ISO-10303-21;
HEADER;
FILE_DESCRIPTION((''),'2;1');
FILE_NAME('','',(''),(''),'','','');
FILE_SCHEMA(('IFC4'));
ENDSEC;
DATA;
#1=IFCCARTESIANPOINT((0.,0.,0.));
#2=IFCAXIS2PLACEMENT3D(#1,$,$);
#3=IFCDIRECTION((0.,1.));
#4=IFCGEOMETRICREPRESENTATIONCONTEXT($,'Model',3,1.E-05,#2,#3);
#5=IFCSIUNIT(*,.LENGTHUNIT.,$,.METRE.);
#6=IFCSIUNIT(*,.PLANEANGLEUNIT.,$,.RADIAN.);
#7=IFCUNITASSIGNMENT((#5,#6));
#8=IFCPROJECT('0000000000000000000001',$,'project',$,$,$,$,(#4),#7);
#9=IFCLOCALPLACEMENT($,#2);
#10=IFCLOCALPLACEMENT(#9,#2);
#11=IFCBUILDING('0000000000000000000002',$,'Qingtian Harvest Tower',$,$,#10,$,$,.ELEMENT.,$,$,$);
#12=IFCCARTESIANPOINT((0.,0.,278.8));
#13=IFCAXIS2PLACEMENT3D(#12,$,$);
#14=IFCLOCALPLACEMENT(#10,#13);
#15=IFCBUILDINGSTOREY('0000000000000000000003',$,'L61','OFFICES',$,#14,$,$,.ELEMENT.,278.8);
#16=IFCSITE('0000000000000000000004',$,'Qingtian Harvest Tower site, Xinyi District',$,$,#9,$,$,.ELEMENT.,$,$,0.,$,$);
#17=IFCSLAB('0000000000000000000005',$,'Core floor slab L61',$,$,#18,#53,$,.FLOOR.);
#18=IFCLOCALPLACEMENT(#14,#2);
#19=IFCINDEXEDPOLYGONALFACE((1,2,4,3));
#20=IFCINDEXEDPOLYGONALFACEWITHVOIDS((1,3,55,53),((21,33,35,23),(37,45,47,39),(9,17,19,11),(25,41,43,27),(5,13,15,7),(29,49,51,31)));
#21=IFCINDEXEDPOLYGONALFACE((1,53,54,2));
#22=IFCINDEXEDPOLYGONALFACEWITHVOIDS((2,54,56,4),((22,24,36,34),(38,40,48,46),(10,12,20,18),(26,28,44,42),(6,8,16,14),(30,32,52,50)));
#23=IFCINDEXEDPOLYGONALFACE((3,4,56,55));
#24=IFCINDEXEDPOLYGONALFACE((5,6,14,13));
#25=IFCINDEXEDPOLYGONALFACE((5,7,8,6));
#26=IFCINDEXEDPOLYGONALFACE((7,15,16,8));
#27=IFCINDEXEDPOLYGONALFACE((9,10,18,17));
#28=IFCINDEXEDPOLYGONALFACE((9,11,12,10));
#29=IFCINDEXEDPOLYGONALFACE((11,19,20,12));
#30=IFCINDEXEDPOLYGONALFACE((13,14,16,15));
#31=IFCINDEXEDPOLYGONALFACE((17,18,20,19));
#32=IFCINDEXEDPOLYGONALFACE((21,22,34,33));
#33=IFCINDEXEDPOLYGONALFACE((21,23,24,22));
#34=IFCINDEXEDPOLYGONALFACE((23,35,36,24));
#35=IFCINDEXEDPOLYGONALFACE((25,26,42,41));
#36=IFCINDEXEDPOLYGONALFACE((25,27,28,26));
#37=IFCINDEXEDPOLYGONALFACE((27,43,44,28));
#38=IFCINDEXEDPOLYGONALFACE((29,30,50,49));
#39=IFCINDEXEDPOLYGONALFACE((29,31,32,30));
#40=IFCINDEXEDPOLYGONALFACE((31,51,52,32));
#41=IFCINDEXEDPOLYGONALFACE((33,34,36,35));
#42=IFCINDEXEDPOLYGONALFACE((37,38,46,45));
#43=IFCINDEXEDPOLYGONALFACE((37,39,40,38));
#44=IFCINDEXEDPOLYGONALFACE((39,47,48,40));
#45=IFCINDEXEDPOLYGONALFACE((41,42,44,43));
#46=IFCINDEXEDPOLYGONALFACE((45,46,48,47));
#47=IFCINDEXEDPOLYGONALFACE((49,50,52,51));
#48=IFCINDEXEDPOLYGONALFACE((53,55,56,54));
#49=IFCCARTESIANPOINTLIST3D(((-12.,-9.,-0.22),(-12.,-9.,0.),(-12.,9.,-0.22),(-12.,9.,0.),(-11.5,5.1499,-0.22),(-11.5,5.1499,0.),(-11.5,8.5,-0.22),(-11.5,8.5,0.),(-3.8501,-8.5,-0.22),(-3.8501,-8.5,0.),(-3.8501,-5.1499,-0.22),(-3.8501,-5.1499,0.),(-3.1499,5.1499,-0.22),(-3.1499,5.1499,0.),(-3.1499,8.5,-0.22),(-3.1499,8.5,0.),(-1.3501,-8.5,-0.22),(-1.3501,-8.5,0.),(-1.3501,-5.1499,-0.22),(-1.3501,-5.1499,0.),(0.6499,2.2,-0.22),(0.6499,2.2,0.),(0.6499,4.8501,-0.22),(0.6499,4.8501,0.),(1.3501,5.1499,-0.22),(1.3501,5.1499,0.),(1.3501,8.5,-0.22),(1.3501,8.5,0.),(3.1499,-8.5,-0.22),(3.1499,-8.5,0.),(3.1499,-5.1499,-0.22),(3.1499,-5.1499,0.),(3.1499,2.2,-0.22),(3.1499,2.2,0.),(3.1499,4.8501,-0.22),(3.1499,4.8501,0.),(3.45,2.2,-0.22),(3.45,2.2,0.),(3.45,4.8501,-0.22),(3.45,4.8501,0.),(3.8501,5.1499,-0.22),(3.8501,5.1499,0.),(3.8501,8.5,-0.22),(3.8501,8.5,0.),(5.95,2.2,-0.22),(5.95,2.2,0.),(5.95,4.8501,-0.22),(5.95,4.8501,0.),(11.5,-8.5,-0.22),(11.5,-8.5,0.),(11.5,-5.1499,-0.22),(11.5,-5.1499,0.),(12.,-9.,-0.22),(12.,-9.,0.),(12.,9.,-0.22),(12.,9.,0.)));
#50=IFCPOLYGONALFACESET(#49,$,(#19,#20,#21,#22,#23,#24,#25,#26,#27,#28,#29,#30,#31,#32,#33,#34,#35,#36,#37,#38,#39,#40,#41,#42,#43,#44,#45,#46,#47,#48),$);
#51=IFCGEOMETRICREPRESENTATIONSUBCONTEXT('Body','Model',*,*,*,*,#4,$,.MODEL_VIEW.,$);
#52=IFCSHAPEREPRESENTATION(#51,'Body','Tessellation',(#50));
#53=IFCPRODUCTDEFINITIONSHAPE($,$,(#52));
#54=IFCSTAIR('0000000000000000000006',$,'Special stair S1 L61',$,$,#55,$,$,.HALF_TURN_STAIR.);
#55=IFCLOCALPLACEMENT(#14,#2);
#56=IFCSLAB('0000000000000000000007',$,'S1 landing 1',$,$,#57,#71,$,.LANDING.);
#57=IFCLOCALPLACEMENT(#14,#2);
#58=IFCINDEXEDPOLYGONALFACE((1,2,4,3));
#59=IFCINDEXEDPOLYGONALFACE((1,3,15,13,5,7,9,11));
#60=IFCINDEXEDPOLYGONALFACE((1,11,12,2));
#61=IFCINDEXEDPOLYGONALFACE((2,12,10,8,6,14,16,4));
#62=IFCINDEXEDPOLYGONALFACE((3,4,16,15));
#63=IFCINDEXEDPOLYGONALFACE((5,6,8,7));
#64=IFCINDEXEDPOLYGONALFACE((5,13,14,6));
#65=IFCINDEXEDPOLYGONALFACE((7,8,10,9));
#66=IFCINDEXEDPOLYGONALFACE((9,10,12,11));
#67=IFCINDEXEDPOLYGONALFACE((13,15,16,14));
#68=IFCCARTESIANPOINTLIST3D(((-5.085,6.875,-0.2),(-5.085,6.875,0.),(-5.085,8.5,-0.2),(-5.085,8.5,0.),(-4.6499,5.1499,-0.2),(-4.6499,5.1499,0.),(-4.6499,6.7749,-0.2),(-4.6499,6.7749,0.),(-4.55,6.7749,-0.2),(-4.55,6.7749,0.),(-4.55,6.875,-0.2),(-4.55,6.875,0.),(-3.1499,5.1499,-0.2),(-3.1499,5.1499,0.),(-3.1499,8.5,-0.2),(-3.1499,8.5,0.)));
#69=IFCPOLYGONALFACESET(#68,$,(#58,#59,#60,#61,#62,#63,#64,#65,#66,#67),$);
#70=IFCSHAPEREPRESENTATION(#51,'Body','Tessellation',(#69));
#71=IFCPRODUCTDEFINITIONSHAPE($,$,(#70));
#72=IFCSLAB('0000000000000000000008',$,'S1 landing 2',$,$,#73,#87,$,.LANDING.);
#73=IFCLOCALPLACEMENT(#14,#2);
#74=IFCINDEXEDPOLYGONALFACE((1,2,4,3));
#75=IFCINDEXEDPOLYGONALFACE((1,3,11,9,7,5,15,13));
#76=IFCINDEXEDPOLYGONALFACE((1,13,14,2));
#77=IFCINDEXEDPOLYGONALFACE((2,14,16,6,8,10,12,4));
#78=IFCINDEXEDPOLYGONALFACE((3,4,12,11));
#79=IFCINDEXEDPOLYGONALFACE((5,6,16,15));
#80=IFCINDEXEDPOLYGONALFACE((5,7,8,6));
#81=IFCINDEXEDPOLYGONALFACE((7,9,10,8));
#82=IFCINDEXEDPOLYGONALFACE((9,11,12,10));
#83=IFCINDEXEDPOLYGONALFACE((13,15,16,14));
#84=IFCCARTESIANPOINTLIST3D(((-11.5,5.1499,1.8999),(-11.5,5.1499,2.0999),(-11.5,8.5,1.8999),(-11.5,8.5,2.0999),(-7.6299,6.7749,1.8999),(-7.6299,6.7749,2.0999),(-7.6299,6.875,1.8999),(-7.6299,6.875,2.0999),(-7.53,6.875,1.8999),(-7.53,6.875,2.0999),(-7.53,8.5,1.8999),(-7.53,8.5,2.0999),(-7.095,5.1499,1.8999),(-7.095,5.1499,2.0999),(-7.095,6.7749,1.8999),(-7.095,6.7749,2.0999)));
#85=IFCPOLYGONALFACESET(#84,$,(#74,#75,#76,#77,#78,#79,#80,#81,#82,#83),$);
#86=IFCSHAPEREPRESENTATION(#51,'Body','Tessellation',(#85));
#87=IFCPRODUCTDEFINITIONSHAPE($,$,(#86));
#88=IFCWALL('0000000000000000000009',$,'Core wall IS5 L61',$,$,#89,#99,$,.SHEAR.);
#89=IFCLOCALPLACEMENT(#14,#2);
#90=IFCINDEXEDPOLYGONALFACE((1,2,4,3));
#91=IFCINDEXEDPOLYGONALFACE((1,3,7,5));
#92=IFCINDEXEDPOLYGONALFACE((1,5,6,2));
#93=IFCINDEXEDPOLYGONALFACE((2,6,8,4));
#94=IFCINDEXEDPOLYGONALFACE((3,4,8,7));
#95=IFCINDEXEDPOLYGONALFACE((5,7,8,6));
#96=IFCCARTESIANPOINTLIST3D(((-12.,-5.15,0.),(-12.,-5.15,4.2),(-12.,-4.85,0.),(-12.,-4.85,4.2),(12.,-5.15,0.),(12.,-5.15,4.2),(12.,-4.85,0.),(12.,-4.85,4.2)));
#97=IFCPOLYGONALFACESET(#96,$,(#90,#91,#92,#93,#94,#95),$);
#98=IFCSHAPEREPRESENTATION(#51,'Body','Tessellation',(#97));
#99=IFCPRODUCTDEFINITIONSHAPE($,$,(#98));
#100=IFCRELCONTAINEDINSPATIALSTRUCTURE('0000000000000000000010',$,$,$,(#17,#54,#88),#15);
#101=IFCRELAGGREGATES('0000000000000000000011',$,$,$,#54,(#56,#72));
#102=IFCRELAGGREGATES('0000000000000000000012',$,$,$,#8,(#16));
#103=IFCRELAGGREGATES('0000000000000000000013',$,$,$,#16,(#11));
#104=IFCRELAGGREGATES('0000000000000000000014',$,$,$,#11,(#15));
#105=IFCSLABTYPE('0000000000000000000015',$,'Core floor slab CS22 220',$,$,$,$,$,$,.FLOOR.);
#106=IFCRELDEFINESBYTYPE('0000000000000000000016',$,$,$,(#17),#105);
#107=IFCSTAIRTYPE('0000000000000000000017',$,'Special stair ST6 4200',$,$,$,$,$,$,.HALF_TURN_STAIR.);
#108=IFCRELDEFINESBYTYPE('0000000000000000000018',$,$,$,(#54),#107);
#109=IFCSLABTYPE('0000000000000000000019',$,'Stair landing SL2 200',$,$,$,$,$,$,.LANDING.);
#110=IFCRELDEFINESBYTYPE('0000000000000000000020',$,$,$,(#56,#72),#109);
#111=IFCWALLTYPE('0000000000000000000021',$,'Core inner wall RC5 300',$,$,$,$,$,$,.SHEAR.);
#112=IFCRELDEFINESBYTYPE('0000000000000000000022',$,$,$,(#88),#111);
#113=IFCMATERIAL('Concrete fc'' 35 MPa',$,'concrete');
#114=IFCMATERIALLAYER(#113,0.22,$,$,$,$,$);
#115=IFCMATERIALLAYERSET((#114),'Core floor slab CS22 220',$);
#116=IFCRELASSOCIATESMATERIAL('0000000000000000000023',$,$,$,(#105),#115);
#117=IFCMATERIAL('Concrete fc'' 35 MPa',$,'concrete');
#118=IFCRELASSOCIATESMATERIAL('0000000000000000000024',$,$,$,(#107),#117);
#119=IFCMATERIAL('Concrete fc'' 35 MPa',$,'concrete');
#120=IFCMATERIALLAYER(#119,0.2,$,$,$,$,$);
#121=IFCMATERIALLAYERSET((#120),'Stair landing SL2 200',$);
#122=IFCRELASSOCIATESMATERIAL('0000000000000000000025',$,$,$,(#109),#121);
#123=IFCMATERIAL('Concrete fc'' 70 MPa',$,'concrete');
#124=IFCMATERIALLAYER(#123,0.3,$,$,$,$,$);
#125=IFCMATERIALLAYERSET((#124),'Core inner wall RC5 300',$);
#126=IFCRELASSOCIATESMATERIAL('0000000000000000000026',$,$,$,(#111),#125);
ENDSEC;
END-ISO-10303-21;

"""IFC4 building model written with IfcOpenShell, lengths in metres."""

from ifc_helpers import new_model, si_unit, direction, frame, frame_2d, origin, place, context, subcontext, project, spatial, polyline, rectangle, outline, extrude, material, layer, layer_set, type_object, element, aggregate, save


model = new_model("IFC4")

# Units and contexts
model_context = context("Model", 3, precision=1e-05, world=origin(), true_north=direction((0.0, 1.0)))
body_context = subcontext(model_context, "Body", "Model", "MODEL_VIEW")
ifc_project = project(units=[si_unit("LENGTHUNIT", "METRE"), si_unit("PLANEANGLEUNIT", "RADIAN")], contexts=[model_context])

# Site, building, storey
site_placement = place(None, origin())
site = spatial("IfcSite", under=ifc_project, at=site_placement, Name="Qingtian Harvest Tower site, Xinyi District", CompositionType="ELEMENT", RefElevation=0.0)
building_placement = place(site_placement, origin())
building = spatial("IfcBuilding", under=site, at=building_placement, Name="Qingtian Harvest Tower", CompositionType="ELEMENT")
storey_placement = place(building_placement, frame((0.0, 0.0, 278.8)))
storey = spatial("IfcBuildingStorey", under=building, at=storey_placement, Name="L61", Description="OFFICES", CompositionType="ELEMENT", Elevation=278.8)

# Slab
ifc_material_1 = material(Name="Concrete fc' 35 MPa", Category="concrete")
ifc_layer_1 = layer(ifc_material_1, 0.22)
ifc_layer_set_1 = layer_set([ifc_layer_1], Name="Core floor slab CS22 220")
slab_type_1 = type_object("IfcSlabType", Name="Core floor slab CS22 220", PredefinedType="FLOOR", material=ifc_layer_set_1)
slab_1_placement = place(storey_placement, frame((0.0, 0.0, -0.22)))
element("IfcSlab", 1, at=slab_1_placement, inside=storey, type_object=slab_type_1, Name="Core floor slab L61", PredefinedType="FLOOR", context=body_context, shape_type="SweptSolid", body=[
    extrude(outline(polyline([(-12.0, -9.0), (12.0, -9.0), (12.0, 9.0), (-12.0, 9.0), (-12.0, -9.0)]), holes=[polyline([(-11.5, 5.1499), (-3.1499, 5.1499), (-3.1499, 8.5), (-11.5, 8.5), (-11.5, 5.1499)]), polyline([(3.1499, -8.5), (11.5, -8.5), (11.5, -5.1499), (3.1499, -5.1499), (3.1499, -8.5)]), polyline([(1.3501, 5.1499), (3.8501, 5.1499), (3.8501, 8.5), (1.3501, 8.5), (1.3501, 5.1499)]), polyline([(-3.8501, -8.5), (-1.3501, -8.5), (-1.3501, -5.1499), (-3.8501, -5.1499), (-3.8501, -8.5)]), polyline([(0.6499, 2.2), (3.1499, 2.2), (3.1499, 4.8501), (0.6499, 4.8501), (0.6499, 2.2)]), polyline([(3.45, 2.2), (5.95, 2.2), (5.95, 4.8501), (3.45, 4.8501), (3.45, 2.2)])]), origin(), (0.0, 0.0, 1.0), 0.22),
])

# Stair, slabs
ifc_material_2 = material(Name="Concrete fc' 35 MPa", Category="concrete")
stair_type = type_object("IfcStairType", Name="Special stair ST6 4200", PredefinedType="HALF_TURN_STAIR", material=ifc_material_2)
stair_placement = place(storey_placement, origin())
stair = element("IfcStair", 2, at=stair_placement, inside=storey, type_object=stair_type, Name="Special stair S1 L61", PredefinedType="HALF_TURN_STAIR")
ifc_material_3 = material(Name="Concrete fc' 35 MPa", Category="concrete")
ifc_layer_2 = layer(ifc_material_3, 0.2)
ifc_layer_set_2 = layer_set([ifc_layer_2], Name="Stair landing SL2 200")
slab_type_2 = type_object("IfcSlabType", Name="Stair landing SL2 200", PredefinedType="LANDING", material=ifc_layer_set_2)
slab_2_placement = place(storey_placement, frame((0.0, 0.0, -0.2)))
slab_2 = element("IfcSlab", 3, at=slab_2_placement, type_object=slab_type_2, Name="S1 landing 1", PredefinedType="LANDING", context=body_context, shape_type="SweptSolid", body=[
    extrude(outline(polyline([(-4.6499, 5.1499), (-4.6499, 6.7749), (-4.55, 6.7749), (-4.55, 6.875), (-5.085, 6.875), (-5.085, 8.5), (-3.1499, 8.5), (-3.1499, 5.1499), (-4.6499, 5.1499)])), origin(), (0.0, 0.0, 1.0), 0.2),
])
slab_3_placement = place(storey_placement, frame((0.0, 0.0, 1.8999)))
slab_3 = element("IfcSlab", 4, at=slab_3_placement, type_object=slab_type_2, Name="S1 landing 2", PredefinedType="LANDING", context=body_context, shape_type="SweptSolid", body=[
    extrude(outline(polyline([(-7.095, 5.1499), (-11.5, 5.1499), (-11.5, 8.5), (-7.53, 8.5), (-7.53, 6.875), (-7.6299, 6.875), (-7.6299, 6.7749), (-7.095, 6.7749), (-7.095, 5.1499)])), origin(), (0.0, 0.0, 1.0), 0.2),
])
aggregate(stair, [slab_2, slab_3])

# Wall
ifc_material_4 = material(Name="Concrete fc' 70 MPa", Category="concrete")
ifc_layer_3 = layer(ifc_material_4, 0.3)
ifc_layer_set_3 = layer_set([ifc_layer_3], Name="Core inner wall RC5 300")
wall_type_1 = type_object("IfcWallType", Name="Core inner wall RC5 300", PredefinedType="SHEAR", material=ifc_layer_set_3)
wall_1_placement = place(storey_placement, frame((-12.0, -5.0, 0.0), z_axis=(0.0, 0.0, 1.0), x_axis=(1.0, 0.0, 0.0)))
element("IfcWall", 5, at=wall_1_placement, inside=storey, type_object=wall_type_1, Name="Core wall IS5 L61", PredefinedType="SHEAR", context=body_context, shape_type="SweptSolid", body=[
    extrude(rectangle(XDim=24.0, YDim=0.3, at=frame_2d((12.0, 0.0))), origin(), (0.0, 0.0, 1.0), 4.2),
])

save(model, "model.ifc")
